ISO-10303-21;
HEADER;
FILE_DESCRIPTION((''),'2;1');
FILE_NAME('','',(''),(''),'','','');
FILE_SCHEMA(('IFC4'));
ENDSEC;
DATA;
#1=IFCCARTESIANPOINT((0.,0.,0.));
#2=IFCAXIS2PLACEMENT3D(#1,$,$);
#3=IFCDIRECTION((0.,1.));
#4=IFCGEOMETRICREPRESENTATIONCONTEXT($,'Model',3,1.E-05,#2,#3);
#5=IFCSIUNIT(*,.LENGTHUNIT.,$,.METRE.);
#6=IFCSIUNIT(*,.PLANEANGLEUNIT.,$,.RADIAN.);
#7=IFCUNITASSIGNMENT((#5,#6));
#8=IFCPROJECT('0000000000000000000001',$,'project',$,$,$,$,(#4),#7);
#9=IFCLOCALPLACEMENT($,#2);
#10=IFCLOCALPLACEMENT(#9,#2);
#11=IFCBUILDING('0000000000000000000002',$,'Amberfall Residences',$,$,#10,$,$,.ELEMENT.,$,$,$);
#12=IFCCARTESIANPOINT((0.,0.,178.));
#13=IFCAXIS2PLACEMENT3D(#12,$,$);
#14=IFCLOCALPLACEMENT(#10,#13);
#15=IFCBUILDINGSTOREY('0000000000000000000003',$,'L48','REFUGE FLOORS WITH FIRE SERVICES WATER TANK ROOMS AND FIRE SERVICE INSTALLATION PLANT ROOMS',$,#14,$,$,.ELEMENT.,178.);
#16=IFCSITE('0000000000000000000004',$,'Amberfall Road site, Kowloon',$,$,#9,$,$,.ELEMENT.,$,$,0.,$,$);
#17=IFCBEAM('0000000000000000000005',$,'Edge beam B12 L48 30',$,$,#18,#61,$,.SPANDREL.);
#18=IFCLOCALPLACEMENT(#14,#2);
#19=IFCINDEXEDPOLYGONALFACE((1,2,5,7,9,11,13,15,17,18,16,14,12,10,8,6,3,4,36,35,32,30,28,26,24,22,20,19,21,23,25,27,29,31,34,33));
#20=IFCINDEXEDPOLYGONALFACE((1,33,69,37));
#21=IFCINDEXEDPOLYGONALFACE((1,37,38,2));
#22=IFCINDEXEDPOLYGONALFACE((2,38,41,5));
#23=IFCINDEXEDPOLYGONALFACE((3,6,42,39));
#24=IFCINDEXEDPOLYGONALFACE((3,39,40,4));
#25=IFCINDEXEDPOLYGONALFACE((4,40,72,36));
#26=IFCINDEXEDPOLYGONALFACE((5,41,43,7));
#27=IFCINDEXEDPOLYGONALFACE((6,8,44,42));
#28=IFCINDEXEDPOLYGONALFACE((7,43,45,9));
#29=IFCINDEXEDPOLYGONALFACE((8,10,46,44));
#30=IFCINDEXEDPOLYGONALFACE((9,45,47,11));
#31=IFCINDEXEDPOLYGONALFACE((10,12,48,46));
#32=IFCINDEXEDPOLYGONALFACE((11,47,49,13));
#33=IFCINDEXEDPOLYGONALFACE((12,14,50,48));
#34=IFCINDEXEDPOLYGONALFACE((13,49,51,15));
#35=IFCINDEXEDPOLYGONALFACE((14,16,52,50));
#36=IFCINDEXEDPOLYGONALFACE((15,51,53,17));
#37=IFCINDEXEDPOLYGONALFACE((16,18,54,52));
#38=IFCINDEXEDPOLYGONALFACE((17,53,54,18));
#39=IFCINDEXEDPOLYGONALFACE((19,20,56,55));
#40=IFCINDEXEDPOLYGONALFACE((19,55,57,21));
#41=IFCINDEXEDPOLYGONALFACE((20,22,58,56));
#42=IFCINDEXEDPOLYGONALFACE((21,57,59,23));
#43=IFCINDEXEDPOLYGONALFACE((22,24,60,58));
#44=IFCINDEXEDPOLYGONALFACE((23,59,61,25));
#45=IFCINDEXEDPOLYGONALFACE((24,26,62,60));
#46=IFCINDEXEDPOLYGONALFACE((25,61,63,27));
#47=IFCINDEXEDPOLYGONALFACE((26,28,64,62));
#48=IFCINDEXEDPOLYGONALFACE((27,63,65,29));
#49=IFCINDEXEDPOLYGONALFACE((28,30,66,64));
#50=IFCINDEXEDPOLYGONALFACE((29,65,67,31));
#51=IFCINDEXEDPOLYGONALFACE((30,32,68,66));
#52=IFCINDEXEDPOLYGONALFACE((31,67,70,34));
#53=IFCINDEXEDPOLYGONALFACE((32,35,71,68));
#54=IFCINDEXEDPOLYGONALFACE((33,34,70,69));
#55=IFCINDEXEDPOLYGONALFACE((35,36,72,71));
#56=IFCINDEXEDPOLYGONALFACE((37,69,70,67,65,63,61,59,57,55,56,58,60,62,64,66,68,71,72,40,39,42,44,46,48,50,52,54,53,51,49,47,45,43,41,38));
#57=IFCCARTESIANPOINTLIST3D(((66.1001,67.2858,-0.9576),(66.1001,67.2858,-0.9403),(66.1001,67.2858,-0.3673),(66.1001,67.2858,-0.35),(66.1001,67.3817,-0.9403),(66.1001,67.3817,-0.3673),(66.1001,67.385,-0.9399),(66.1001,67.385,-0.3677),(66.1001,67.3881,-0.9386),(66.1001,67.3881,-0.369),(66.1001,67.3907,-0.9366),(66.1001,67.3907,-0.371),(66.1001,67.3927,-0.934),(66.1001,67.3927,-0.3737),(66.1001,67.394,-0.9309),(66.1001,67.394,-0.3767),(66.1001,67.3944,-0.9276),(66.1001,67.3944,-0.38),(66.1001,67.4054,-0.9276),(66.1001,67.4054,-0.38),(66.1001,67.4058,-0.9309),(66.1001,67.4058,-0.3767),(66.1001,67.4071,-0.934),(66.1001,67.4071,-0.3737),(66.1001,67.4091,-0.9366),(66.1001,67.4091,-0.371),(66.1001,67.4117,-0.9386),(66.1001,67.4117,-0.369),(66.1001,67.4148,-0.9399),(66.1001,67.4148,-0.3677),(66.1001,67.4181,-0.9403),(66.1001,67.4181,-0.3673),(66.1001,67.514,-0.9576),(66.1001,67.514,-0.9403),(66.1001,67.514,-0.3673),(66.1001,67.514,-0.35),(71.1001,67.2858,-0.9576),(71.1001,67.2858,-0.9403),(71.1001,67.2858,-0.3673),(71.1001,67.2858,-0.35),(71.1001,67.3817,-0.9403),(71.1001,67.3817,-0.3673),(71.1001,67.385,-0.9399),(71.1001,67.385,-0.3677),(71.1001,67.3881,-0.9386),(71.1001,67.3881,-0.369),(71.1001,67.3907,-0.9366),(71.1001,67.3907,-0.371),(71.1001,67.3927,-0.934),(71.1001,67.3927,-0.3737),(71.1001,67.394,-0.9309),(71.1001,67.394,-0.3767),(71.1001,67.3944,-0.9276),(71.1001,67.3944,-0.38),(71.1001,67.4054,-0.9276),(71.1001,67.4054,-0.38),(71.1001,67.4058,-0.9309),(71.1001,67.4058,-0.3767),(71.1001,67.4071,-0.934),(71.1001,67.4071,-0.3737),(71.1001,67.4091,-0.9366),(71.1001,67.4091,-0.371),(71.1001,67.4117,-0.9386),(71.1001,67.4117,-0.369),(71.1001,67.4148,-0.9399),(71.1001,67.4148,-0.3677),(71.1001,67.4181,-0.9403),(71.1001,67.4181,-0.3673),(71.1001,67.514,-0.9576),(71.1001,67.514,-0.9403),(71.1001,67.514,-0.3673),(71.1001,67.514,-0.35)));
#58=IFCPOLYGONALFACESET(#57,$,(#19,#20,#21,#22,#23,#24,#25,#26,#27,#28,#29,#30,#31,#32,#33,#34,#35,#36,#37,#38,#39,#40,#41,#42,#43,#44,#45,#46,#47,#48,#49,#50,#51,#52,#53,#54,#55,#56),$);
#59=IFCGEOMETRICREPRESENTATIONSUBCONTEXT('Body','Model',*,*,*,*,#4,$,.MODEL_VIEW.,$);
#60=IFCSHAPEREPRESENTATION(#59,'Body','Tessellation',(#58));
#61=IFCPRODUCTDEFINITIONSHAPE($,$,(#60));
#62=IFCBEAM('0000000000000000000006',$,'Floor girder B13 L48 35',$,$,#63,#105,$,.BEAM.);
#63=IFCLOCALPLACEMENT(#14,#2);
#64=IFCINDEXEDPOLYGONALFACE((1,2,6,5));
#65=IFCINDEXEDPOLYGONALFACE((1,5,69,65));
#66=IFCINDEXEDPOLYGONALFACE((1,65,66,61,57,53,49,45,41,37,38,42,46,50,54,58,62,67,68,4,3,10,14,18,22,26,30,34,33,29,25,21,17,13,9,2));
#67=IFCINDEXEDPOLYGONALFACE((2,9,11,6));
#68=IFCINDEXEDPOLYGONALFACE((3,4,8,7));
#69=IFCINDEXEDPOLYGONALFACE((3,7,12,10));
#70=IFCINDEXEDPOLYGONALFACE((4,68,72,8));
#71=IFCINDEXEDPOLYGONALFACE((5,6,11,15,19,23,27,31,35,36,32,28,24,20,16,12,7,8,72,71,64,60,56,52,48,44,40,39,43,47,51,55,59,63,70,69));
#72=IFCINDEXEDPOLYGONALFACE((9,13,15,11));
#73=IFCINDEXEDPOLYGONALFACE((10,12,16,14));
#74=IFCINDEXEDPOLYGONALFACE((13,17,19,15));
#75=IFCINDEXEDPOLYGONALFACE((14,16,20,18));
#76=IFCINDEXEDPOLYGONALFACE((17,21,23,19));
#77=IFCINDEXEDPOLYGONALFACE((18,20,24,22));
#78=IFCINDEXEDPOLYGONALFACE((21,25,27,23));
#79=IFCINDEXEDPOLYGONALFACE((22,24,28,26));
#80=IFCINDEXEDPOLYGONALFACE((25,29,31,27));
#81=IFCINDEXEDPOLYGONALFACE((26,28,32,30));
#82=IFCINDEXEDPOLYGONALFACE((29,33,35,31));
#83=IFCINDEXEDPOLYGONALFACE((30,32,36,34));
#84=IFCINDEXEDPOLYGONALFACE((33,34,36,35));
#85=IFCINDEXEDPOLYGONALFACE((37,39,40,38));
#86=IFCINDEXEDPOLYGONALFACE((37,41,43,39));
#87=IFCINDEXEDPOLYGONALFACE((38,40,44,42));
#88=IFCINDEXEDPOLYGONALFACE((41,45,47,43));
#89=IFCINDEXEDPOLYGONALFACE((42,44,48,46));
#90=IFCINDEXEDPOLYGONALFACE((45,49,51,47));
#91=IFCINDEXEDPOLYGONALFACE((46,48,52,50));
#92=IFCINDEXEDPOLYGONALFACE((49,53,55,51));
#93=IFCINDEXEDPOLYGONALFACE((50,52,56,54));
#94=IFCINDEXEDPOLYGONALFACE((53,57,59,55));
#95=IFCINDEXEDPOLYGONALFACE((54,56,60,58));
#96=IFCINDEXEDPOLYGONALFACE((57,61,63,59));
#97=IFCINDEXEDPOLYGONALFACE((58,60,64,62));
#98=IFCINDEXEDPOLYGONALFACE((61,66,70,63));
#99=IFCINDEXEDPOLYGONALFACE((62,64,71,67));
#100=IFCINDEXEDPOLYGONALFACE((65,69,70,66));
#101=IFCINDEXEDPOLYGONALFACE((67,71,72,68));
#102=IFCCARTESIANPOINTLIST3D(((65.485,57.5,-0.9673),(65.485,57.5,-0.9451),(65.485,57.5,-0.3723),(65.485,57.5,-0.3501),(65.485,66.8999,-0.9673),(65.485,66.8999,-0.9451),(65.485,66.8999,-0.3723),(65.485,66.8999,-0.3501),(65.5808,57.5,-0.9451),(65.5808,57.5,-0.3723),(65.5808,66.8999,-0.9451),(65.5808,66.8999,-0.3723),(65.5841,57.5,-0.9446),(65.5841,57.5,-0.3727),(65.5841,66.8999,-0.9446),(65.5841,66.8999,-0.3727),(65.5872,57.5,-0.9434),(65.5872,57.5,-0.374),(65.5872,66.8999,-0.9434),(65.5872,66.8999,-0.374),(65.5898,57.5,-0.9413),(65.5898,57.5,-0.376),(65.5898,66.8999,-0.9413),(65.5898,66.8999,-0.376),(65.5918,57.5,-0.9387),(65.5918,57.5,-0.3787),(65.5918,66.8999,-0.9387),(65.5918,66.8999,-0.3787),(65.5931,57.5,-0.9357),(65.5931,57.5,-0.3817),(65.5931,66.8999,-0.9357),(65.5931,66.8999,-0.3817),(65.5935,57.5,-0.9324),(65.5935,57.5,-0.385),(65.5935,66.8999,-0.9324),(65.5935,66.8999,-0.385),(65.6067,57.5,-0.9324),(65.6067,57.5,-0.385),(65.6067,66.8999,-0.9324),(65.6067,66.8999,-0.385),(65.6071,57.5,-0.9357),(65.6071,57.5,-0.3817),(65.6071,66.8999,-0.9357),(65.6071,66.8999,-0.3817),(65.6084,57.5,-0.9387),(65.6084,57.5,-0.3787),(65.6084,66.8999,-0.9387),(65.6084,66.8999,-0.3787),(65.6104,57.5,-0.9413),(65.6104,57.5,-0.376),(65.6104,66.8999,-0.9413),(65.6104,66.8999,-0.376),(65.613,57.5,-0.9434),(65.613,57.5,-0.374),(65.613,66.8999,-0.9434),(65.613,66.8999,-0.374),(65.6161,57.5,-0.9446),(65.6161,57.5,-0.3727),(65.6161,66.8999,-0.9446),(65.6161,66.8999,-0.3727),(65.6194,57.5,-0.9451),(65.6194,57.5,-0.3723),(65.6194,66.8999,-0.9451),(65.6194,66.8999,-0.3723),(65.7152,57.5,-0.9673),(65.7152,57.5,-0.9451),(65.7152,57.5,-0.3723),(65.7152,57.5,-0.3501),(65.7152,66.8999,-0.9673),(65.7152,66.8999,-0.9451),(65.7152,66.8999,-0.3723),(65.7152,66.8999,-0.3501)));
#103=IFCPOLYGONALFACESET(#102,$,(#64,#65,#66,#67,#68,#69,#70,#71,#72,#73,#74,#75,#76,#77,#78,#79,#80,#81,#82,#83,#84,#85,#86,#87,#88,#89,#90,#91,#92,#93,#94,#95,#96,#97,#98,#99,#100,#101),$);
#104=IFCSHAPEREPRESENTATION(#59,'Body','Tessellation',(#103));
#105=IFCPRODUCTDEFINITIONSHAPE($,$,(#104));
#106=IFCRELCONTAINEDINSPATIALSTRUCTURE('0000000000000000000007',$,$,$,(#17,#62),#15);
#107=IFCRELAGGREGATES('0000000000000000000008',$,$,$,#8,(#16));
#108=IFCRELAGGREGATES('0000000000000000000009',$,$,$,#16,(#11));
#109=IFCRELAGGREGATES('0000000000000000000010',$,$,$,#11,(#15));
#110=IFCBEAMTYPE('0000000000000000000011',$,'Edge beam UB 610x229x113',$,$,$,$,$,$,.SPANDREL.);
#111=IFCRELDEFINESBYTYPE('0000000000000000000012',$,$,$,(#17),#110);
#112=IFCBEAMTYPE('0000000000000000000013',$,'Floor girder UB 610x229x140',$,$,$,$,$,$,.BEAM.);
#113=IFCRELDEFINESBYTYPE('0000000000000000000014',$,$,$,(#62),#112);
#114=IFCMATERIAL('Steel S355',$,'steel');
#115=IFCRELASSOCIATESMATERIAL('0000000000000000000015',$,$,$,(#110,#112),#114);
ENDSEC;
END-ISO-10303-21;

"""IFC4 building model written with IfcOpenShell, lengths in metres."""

from ifc_helpers import new_model, si_unit, direction, frame, origin, origin_2d, place, context, subcontext, project, spatial, i_section, extrude, material, material_profile, profile_set, type_object, element, save


model = new_model("IFC4")

# Units and contexts
model_context = context("Model", 3, precision=1e-05, world=origin(), true_north=direction((0.0, 1.0)))
body_context = subcontext(model_context, "Body", "Model", "MODEL_VIEW")
ifc_project = project(units=[si_unit("LENGTHUNIT", "METRE"), si_unit("PLANEANGLEUNIT", "RADIAN")], contexts=[model_context])

# Site, building, storey
site_placement = place(None, origin())
site = spatial("IfcSite", under=ifc_project, at=site_placement, Name="Amberfall Road site, Kowloon", CompositionType="ELEMENT", RefElevation=0.0)
building_placement = place(site_placement, origin())
building = spatial("IfcBuilding", under=site, at=building_placement, Name="Amberfall Residences", CompositionType="ELEMENT")
storey_placement = place(building_placement, frame((0.0, 0.0, 178.0)))
storey = spatial("IfcBuildingStorey", under=building, at=storey_placement, Name="L48", Description="REFUGE FLOORS WITH FIRE SERVICES WATER TANK ROOMS AND FIRE SERVICE INSTALLATION PLANT ROOMS", CompositionType="ELEMENT", Elevation=178.0)

# Shared definitions
ifc_material_1 = material(Name="Steel S355", Category="steel")

# Beams
ifc_material_profile_1 = material_profile(ifc_material_1, i_section(OverallWidth=0.2283, OverallDepth=0.6077, WebThickness=0.011, FlangeThickness=0.0173, FilletRadius=0.0127, at=origin_2d()), Name="UB 610x229x113")
ifc_profile_set_1 = profile_set([ifc_material_profile_1], Name="Steel S355")
beam_type_1 = type_object("IfcBeamType", Name="Edge beam UB 610x229x113", PredefinedType="SPANDREL", material=ifc_profile_set_1)
for number, where, z_axis, x_axis, name in (
    (1, (66.1001, 67.3999, -0.6538), (1.0, 0.0, 0.0), (0.0, 1.0, 0.0), "Edge beam B12 L48 30"),
):
    element("IfcBeam", number, at=place(storey_placement, frame(where, z_axis=z_axis, x_axis=x_axis)), inside=storey, type_object=beam_type_1, Name=name, PredefinedType="SPANDREL", context=body_context, shape_type="SweptSolid", body=[
        extrude(i_section(OverallWidth=0.2283, OverallDepth=0.6077, WebThickness=0.011, FlangeThickness=0.0173, FilletRadius=0.0127, at=origin_2d()), origin(), (0.0, 0.0, 1.0), 5.0),
    ])
ifc_material_profile_2 = material_profile(ifc_material_1, i_section(OverallWidth=0.2302, OverallDepth=0.6172, WebThickness=0.0132, FlangeThickness=0.0222, FilletRadius=0.0127, at=origin_2d()), Name="UB 610x229x140")
ifc_profile_set_2 = profile_set([ifc_material_profile_2], Name="Steel S355")
beam_type_2 = type_object("IfcBeamType", Name="Floor girder UB 610x229x140", PredefinedType="BEAM", material=ifc_profile_set_2)
beam_placement = place(storey_placement, frame((65.6001, 66.8999, -0.6587), z_axis=(0.0, -1.0, 0.0), x_axis=(1.0, 0.0, 0.0)))
element("IfcBeam", 2, at=beam_placement, inside=storey, type_object=beam_type_2, Name="Floor girder B13 L48 35", PredefinedType="BEAM", context=body_context, shape_type="SweptSolid", body=[
    extrude(i_section(OverallWidth=0.2302, OverallDepth=0.6172, WebThickness=0.0132, FlangeThickness=0.0222, FilletRadius=0.0127, at=origin_2d()), origin(), (0.0, 0.0, 1.0), 9.3999),
])

save(model, "model.ifc")
